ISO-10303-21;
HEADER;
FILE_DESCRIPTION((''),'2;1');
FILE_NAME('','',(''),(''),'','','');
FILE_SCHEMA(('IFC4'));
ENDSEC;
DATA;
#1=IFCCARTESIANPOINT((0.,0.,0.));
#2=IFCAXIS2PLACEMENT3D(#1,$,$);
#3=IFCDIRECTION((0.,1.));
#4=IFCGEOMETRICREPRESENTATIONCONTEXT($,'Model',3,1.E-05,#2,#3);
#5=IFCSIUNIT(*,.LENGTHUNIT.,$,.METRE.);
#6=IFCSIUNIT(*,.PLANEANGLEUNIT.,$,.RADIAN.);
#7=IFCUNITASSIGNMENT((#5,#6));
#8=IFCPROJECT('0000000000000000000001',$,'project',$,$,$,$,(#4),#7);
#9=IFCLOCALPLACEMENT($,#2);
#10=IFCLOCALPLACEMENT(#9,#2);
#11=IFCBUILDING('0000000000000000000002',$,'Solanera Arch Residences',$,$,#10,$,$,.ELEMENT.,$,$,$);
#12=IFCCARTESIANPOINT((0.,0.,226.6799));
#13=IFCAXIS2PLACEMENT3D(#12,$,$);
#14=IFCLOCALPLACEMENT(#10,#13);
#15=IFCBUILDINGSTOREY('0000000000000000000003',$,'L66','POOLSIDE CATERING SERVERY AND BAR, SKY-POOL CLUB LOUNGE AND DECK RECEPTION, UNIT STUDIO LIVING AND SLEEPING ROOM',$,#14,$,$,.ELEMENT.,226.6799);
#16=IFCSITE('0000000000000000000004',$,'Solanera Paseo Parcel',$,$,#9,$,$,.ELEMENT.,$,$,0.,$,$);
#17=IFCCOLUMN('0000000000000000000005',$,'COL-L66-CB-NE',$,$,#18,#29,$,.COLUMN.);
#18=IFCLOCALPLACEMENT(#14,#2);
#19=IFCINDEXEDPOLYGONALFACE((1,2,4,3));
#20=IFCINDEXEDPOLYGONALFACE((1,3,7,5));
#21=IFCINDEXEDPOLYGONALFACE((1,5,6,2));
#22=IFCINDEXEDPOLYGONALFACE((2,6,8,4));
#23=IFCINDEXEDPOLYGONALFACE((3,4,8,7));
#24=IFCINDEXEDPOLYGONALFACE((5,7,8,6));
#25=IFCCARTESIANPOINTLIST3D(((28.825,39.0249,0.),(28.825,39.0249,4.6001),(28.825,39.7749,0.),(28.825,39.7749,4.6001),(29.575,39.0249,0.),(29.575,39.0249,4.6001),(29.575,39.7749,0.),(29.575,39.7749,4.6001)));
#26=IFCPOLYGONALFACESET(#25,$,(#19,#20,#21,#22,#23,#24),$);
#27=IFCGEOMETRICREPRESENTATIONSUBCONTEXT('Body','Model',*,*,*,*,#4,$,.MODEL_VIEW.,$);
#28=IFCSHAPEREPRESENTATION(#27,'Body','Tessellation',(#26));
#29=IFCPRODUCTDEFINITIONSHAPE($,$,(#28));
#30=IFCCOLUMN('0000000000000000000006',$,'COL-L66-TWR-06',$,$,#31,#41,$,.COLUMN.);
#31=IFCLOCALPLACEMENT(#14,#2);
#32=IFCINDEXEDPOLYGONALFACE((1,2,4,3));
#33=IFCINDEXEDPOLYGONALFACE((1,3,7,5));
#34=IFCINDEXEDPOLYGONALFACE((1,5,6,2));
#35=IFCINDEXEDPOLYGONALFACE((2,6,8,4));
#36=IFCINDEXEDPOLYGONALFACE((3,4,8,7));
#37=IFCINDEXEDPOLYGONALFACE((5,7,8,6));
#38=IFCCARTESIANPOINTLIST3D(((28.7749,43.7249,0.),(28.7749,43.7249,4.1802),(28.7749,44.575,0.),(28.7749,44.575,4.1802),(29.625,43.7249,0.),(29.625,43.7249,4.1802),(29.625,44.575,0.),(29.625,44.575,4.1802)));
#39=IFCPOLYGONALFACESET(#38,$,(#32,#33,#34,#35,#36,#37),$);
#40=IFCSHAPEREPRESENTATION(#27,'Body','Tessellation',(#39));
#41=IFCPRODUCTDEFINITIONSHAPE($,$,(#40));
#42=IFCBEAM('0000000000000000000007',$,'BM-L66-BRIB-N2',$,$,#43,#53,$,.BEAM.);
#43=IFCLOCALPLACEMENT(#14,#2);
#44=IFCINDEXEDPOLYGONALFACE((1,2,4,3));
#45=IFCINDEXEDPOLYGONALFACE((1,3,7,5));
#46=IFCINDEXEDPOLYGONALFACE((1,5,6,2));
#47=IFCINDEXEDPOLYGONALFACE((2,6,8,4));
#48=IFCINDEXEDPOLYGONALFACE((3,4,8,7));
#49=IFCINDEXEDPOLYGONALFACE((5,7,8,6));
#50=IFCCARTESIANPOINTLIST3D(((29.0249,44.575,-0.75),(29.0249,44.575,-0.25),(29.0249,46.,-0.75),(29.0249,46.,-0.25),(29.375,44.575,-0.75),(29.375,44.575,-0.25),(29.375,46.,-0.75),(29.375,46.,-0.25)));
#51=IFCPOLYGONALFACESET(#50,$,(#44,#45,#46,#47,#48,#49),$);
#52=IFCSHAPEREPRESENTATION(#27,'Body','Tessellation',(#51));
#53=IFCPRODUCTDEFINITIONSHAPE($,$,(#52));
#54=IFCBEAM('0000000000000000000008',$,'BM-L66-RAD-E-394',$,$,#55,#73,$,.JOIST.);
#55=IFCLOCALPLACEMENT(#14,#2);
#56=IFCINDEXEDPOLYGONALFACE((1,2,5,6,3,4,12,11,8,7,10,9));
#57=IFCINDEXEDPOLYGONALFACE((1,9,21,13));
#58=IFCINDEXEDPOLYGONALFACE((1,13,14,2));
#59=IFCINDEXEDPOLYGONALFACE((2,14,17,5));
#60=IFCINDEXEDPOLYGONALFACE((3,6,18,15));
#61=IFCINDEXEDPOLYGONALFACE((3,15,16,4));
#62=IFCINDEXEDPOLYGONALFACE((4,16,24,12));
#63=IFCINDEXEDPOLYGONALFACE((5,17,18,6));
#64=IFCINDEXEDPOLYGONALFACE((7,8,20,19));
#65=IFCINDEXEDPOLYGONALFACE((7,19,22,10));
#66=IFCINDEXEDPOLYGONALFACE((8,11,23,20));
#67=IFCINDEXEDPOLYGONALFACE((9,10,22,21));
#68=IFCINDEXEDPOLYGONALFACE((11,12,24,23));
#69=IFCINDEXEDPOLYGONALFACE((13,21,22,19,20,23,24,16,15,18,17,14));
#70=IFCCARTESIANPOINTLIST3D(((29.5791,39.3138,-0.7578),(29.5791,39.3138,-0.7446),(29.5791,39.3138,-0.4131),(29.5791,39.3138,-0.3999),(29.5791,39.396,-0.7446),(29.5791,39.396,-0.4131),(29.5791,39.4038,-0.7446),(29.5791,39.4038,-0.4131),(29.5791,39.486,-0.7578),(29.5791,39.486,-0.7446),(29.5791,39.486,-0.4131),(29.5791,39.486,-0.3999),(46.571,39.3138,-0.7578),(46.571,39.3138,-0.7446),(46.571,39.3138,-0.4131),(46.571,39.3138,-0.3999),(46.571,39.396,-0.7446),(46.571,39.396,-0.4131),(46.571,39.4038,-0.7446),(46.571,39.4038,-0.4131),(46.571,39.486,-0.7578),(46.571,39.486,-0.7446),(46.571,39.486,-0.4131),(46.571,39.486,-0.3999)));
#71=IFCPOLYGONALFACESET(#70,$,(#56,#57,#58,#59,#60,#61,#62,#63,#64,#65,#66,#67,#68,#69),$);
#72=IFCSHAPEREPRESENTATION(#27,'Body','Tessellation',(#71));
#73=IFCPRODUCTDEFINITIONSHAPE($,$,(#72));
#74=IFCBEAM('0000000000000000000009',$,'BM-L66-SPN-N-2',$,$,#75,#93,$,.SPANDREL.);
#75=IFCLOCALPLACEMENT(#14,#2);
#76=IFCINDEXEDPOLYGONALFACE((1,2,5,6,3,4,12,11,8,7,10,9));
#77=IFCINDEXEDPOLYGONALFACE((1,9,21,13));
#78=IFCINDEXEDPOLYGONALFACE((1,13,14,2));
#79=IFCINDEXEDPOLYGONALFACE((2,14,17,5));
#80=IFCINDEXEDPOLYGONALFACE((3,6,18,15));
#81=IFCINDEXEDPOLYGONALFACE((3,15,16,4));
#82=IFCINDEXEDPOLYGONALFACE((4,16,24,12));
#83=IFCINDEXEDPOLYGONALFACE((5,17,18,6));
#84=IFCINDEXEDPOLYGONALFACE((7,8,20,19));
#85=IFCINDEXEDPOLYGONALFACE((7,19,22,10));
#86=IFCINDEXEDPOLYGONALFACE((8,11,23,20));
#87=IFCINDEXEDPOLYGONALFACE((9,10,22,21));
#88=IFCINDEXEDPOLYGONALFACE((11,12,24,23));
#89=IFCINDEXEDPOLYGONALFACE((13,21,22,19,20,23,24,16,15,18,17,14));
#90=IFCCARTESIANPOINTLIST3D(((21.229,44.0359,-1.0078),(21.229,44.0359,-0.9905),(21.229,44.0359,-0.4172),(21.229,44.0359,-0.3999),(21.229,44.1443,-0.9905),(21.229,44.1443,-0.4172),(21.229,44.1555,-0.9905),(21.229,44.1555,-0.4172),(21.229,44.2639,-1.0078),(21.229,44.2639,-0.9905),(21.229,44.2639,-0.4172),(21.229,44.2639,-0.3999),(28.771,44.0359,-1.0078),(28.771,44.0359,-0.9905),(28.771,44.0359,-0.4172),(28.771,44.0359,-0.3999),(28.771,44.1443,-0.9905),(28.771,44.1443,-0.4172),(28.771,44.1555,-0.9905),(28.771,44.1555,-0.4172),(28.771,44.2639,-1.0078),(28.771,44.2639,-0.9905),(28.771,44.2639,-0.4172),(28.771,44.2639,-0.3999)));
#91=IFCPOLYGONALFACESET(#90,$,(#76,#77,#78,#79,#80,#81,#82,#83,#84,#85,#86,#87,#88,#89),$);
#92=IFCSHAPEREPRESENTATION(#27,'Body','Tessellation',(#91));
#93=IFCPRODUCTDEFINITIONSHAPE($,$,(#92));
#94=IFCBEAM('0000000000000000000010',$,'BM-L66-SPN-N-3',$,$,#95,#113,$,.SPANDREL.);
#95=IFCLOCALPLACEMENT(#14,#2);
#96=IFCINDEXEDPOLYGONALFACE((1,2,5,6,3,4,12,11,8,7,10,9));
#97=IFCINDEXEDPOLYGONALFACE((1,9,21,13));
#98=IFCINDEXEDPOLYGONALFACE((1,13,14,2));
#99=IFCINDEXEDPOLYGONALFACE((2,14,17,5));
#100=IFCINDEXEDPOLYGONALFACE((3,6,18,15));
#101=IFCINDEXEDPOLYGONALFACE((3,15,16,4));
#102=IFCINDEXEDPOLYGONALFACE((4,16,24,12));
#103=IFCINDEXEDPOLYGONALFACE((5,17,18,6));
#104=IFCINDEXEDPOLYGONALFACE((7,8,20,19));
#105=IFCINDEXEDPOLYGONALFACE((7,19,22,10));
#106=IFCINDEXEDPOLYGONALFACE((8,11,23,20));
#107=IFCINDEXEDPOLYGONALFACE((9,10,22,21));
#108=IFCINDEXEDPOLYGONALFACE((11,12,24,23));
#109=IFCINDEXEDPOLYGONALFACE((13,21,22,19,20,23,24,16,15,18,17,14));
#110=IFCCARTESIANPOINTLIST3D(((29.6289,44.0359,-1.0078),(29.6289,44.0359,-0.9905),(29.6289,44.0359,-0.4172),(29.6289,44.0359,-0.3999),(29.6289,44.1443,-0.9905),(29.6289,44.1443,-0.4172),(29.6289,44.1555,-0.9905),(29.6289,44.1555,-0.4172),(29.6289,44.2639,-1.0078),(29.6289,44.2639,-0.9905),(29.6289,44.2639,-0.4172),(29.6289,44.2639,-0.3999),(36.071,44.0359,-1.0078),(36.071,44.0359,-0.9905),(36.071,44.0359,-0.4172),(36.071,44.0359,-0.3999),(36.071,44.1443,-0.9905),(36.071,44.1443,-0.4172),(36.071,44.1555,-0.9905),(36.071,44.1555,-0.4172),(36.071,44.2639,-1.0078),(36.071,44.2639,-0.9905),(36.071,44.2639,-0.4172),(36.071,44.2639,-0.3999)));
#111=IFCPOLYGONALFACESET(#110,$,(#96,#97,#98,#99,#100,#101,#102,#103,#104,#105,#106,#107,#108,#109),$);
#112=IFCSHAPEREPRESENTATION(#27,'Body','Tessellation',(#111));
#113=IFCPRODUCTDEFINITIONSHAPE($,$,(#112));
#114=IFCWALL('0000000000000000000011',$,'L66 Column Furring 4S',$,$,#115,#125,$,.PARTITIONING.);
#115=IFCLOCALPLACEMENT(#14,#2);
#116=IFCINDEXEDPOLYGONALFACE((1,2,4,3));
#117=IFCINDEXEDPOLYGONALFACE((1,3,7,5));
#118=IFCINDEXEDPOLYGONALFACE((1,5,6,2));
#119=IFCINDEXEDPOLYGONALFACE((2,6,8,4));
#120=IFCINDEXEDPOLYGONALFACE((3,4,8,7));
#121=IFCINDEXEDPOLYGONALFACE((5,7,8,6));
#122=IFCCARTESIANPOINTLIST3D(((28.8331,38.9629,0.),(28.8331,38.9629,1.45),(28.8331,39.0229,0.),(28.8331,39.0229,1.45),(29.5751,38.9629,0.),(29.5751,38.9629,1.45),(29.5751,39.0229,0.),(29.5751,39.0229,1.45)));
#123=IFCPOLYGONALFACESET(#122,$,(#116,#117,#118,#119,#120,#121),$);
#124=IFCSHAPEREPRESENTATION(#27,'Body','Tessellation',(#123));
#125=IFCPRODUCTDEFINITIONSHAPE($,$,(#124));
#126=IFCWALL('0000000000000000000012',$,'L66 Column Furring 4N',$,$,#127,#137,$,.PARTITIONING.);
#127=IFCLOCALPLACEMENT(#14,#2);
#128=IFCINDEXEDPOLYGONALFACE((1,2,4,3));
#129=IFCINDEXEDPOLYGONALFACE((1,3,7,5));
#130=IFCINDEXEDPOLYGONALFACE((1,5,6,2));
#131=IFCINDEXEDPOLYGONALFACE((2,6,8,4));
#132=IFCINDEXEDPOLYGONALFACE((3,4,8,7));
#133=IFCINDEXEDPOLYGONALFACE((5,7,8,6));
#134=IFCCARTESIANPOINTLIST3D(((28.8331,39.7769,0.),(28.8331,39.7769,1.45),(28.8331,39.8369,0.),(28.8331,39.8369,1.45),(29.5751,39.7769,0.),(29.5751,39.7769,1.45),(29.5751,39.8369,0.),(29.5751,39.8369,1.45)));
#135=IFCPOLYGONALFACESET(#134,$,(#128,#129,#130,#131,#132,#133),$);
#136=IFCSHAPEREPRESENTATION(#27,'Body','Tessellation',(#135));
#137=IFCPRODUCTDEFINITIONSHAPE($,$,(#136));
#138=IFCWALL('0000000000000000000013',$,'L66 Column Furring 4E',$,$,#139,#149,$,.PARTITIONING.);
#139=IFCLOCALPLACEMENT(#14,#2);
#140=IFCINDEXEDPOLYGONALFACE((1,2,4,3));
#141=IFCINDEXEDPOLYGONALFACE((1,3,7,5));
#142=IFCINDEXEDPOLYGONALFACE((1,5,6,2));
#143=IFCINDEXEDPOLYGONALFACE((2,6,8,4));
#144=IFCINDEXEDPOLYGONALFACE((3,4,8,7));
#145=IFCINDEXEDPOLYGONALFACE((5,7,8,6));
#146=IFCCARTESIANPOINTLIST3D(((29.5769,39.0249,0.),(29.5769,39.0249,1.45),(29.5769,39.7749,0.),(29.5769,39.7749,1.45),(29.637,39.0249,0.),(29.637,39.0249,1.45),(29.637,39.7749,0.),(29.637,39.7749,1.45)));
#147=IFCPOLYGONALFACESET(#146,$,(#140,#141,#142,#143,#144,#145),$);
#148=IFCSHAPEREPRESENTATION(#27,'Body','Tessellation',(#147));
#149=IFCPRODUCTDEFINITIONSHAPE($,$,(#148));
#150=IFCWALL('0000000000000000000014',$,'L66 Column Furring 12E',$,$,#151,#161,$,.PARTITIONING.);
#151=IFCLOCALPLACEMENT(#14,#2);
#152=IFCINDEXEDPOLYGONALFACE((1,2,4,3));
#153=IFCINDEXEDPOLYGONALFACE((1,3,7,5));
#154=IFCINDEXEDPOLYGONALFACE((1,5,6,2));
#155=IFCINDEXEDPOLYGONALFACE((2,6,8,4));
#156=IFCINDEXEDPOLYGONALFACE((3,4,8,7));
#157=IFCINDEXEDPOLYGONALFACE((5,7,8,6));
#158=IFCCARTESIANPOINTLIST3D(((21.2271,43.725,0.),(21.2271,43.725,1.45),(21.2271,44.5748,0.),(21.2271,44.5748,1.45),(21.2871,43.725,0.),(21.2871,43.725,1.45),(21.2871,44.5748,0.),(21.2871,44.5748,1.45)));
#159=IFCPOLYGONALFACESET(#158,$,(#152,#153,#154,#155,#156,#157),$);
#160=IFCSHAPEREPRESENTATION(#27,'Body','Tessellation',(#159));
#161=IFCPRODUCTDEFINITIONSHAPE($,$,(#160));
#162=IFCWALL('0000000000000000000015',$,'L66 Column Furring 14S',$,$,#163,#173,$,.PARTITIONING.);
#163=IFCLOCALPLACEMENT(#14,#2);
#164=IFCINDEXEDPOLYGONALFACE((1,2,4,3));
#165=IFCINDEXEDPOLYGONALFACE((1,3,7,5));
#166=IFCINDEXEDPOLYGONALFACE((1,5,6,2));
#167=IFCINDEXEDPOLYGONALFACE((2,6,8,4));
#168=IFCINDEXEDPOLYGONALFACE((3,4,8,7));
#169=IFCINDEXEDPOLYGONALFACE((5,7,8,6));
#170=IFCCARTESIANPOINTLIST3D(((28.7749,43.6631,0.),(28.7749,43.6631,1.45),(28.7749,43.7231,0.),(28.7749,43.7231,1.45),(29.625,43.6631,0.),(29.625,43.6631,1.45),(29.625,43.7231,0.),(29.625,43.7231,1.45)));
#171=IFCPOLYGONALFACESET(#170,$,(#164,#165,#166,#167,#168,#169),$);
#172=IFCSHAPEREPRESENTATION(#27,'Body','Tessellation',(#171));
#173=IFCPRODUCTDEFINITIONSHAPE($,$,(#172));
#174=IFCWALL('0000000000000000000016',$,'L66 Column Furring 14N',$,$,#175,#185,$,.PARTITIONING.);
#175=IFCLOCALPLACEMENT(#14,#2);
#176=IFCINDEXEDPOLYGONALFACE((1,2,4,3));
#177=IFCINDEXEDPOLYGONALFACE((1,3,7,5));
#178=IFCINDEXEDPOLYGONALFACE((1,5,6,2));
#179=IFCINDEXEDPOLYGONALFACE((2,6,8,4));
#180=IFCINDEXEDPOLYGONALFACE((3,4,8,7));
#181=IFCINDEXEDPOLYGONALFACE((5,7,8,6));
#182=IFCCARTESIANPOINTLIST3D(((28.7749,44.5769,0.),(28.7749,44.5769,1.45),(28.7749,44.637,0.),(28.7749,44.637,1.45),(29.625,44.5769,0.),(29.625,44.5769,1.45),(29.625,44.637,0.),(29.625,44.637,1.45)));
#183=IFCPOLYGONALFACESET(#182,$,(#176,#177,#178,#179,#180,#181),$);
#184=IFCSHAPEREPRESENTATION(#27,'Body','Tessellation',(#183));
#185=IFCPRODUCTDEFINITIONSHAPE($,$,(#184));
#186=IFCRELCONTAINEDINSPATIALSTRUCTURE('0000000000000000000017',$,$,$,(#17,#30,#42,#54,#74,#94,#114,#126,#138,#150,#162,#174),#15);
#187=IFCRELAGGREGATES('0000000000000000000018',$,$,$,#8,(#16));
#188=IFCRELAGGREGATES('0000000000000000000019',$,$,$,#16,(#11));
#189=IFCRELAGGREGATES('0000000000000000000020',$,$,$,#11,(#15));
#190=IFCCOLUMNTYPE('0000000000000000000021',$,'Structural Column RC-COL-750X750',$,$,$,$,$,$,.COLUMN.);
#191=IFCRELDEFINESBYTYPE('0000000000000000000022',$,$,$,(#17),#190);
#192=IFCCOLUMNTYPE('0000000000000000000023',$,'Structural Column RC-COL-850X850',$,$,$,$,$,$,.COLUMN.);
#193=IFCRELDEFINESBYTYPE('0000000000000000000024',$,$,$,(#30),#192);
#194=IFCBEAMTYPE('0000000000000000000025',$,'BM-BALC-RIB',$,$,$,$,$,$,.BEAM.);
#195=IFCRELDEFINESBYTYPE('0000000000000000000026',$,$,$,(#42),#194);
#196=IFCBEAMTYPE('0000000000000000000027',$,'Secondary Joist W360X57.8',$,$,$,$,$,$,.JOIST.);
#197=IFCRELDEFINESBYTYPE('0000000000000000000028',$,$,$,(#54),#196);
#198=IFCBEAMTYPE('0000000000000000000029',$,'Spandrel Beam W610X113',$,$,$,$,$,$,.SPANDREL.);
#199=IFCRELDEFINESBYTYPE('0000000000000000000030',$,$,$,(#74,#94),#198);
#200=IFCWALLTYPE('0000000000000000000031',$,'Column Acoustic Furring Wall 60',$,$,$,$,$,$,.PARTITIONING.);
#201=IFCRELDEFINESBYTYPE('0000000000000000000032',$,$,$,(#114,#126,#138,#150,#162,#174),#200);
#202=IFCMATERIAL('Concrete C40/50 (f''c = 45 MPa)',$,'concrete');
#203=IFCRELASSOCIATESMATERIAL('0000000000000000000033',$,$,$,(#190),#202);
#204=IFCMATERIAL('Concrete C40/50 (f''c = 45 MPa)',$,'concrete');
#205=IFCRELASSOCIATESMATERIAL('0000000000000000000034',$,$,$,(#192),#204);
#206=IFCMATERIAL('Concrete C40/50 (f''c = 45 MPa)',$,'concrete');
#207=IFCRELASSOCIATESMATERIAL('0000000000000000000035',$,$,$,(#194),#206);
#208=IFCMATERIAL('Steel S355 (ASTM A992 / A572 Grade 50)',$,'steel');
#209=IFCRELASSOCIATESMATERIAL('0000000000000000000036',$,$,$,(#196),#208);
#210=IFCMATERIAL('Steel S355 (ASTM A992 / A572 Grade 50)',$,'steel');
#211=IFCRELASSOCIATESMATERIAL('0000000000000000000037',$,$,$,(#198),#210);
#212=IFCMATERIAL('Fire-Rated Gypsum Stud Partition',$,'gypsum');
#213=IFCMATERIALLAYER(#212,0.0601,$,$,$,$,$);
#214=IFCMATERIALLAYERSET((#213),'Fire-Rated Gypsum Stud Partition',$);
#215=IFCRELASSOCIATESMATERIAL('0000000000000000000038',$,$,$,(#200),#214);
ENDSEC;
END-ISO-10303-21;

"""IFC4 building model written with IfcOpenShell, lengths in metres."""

from ifc_helpers import new_model, si_unit, direction, frame, frame_2d, origin, origin_2d, place, context, subcontext, project, spatial, rectangle, i_section, extrude, material, layer, layer_set, material_profile, profile_set, type_object, element, save


model = new_model("IFC4")

# Units and contexts
model_context = context("Model", 3, precision=1e-05, world=origin(), true_north=direction((0.0, 1.0)))
body_context = subcontext(model_context, "Body", "Model", "MODEL_VIEW")
ifc_project = project(units=[si_unit("LENGTHUNIT", "METRE"), si_unit("PLANEANGLEUNIT", "RADIAN")], contexts=[model_context])

# Site, building, storey
site_placement = place(None, origin())
site = spatial("IfcSite", under=ifc_project, at=site_placement, Name="Solanera Paseo Parcel", CompositionType="ELEMENT", RefElevation=0.0)
building_placement = place(site_placement, origin())
building = spatial("IfcBuilding", under=site, at=building_placement, Name="Solanera Arch Residences", CompositionType="ELEMENT")
storey_placement = place(building_placement, frame((0.0, 0.0, 226.6799)))
storey = spatial("IfcBuildingStorey", under=building, at=storey_placement, Name="L66", Description="POOLSIDE CATERING SERVERY AND BAR, SKY-POOL CLUB LOUNGE AND DECK RECEPTION, UNIT STUDIO LIVING AND SLEEPING ROOM", CompositionType="ELEMENT", Elevation=226.6799)

# Columns
ifc_material_1 = material(Name="Concrete C40/50 (f'c = 45 MPa)", Category="concrete")
ifc_material_profile_1 = material_profile(ifc_material_1, rectangle(XDim=0.75, YDim=0.75, at=origin_2d()))
ifc_profile_set_1 = profile_set([ifc_material_profile_1], Name="Concrete C40/50 (f'c = 45 MPa)")
column_type_1 = type_object("IfcColumnType", Name="Structural Column RC-COL-750X750", PredefinedType="COLUMN", material=ifc_profile_set_1)
column_1_placement = place(storey_placement, frame((29.2, 39.3999, 0.0), z_axis=(0.0, 0.0, 1.0), x_axis=(1.0, 0.0, 0.0)))
element("IfcColumn", 1, at=column_1_placement, inside=storey, type_object=column_type_1, Name="COL-L66-CB-NE", PredefinedType="COLUMN", context=body_context, shape_type="SweptSolid", body=[
    extrude(rectangle(XDim=0.75, YDim=0.75, at=origin_2d()), origin(), (0.0, 0.0, 1.0), 4.6001),
])
ifc_material_2 = material(Name="Concrete C40/50 (f'c = 45 MPa)", Category="concrete")
ifc_material_profile_2 = material_profile(ifc_material_2, rectangle(XDim=0.8501, YDim=0.8501, at=origin_2d()))
ifc_profile_set_2 = profile_set([ifc_material_profile_2], Name="Concrete C40/50 (f'c = 45 MPa)")
column_type_2 = type_object("IfcColumnType", Name="Structural Column RC-COL-850X850", PredefinedType="COLUMN", material=ifc_profile_set_2)
column_2_placement = place(storey_placement, frame((29.2, 44.1499, 0.0), z_axis=(0.0, 0.0, 1.0), x_axis=(1.0, 0.0, 0.0)))
element("IfcColumn", 2, at=column_2_placement, inside=storey, type_object=column_type_2, Name="COL-L66-TWR-06", PredefinedType="COLUMN", context=body_context, shape_type="SweptSolid", body=[
    extrude(rectangle(XDim=0.8501, YDim=0.8501, at=origin_2d()), origin(), (0.0, 0.0, 1.0), 4.1802),
])

# Beams
ifc_material_3 = material(Name="Concrete C40/50 (f'c = 45 MPa)", Category="concrete")
ifc_material_profile_3 = material_profile(ifc_material_3, rectangle(XDim=0.3501, YDim=0.5, at=origin_2d()))
ifc_profile_set_3 = profile_set([ifc_material_profile_3], Name="Concrete C40/50 (f'c = 45 MPa)")
beam_type_1 = type_object("IfcBeamType", Name="BM-BALC-RIB", PredefinedType="BEAM", material=ifc_profile_set_3)
beam_1_placement = place(storey_placement, frame((29.2, 44.575, -0.5), z_axis=(0.0, 1.0, 0.0), x_axis=(-1.0, 0.0, 0.0)))
element("IfcBeam", 3, at=beam_1_placement, inside=storey, type_object=beam_type_1, Name="BM-L66-BRIB-N2", PredefinedType="BEAM", context=body_context, shape_type="SweptSolid", body=[
    extrude(rectangle(XDim=0.3501, YDim=0.5, at=origin_2d()), origin(), (0.0, 0.0, 1.0), 1.425),
])
ifc_material_4 = material(Name="Steel S355 (ASTM A992 / A572 Grade 50)", Category="steel")
ifc_material_profile_4 = material_profile(ifc_material_4, i_section(OverallWidth=0.1721, OverallDepth=0.3579, WebThickness=0.0078, FlangeThickness=0.0132, at=origin_2d()))
ifc_profile_set_4 = profile_set([ifc_material_profile_4], Name="Steel S355 (ASTM A992 / A572 Grade 50)")
beam_type_2 = type_object("IfcBeamType", Name="Secondary Joist W360X57.8", PredefinedType="JOIST", material=ifc_profile_set_4)
beam_2_placement = place(storey_placement, frame((29.5791, 39.3999, -0.5789), z_axis=(1.0, 0.0, 0.0), x_axis=(0.0, 1.0, 0.0)))
element("IfcBeam", 4, at=beam_2_placement, inside=storey, type_object=beam_type_2, Name="BM-L66-RAD-E-394", PredefinedType="JOIST", context=body_context, shape_type="SweptSolid", body=[
    extrude(i_section(OverallWidth=0.1721, OverallDepth=0.3579, WebThickness=0.0078, FlangeThickness=0.0132, at=origin_2d()), origin(), (0.0, 0.0, 1.0), 16.9919),
])
ifc_material_5 = material(Name="Steel S355 (ASTM A992 / A572 Grade 50)", Category="steel")
ifc_material_profile_5 = material_profile(ifc_material_5, i_section(OverallWidth=0.228, OverallDepth=0.6079, WebThickness=0.0112, FlangeThickness=0.0173, at=origin_2d()))
ifc_profile_set_5 = profile_set([ifc_material_profile_5], Name="Steel S355 (ASTM A992 / A572 Grade 50)")
beam_type_3 = type_object("IfcBeamType", Name="Spandrel Beam W610X113", PredefinedType="SPANDREL", material=ifc_profile_set_5)
beam_3_placement = place(storey_placement, frame((21.229, 44.1499, -0.7039), z_axis=(1.0, 0.0, 0.0), x_axis=(0.0, 1.0, 0.0)))
element("IfcBeam", 5, at=beam_3_placement, inside=storey, type_object=beam_type_3, Name="BM-L66-SPN-N-2", PredefinedType="SPANDREL", context=body_context, shape_type="SweptSolid", body=[
    extrude(i_section(OverallWidth=0.228, OverallDepth=0.6079, WebThickness=0.0112, FlangeThickness=0.0173, at=origin_2d()), origin(), (0.0, 0.0, 1.0), 7.542),
])
beam_4_placement = place(storey_placement, frame((29.6289, 44.1499, -0.7039), z_axis=(1.0, 0.0, 0.0), x_axis=(0.0, 1.0, 0.0)))
element("IfcBeam", 6, at=beam_4_placement, inside=storey, type_object=beam_type_3, Name="BM-L66-SPN-N-3", PredefinedType="SPANDREL", context=body_context, shape_type="SweptSolid", body=[
    extrude(i_section(OverallWidth=0.228, OverallDepth=0.6079, WebThickness=0.0112, FlangeThickness=0.0173, at=origin_2d()), origin(), (0.0, 0.0, 1.0), 6.4421),
])

# Walls
ifc_material_6 = material(Name="Fire-Rated Gypsum Stud Partition", Category="gypsum")
ifc_layer_1 = layer(ifc_material_6, 0.0601)
ifc_layer_set_1 = layer_set([ifc_layer_1], Name="Fire-Rated Gypsum Stud Partition")
wall_type_1 = type_object("IfcWallType", Name="Column Acoustic Furring Wall 60", PredefinedType="PARTITIONING", material=ifc_layer_set_1)
for number, where, z_axis, x_axis, name in (
    (7, (28.833, 38.9929, 0.0), (0.0, 0.0, 1.0), (1.0, 0.0, 0.0), "L66 Column Furring 4S"),
    (8, (28.833, 39.8069, 0.0), (0.0, 0.0, 1.0), (1.0, 0.0, 0.0), "L66 Column Furring 4N"),
):
    element("IfcWall", number, at=place(storey_placement, frame(where, z_axis=z_axis, x_axis=x_axis)), inside=storey, type_object=wall_type_1, Name=name, PredefinedType="PARTITIONING", context=body_context, shape_type="SweptSolid", body=[
        extrude(rectangle(XDim=0.7419, YDim=0.0601, at=frame_2d((0.3711, 0.0))), origin(), (0.0, 0.0, 1.0), 1.45),
    ])
wall_1_placement = place(storey_placement, frame((29.6069, 39.0249, 0.0), z_axis=(0.0, 0.0, 1.0), x_axis=(0.0, 1.0, 0.0)))
element("IfcWall", 9, at=wall_1_placement, inside=storey, type_object=wall_type_1, Name="L66 Column Furring 4E", PredefinedType="PARTITIONING", context=body_context, shape_type="SweptSolid", body=[
    extrude(rectangle(XDim=0.75, YDim=0.0601, at=frame_2d((0.375, 0.0))), origin(), (0.0, 0.0, 1.0), 1.45),
])
wall_2_placement = place(storey_placement, frame((21.2571, 43.7251, 0.0), z_axis=(0.0, 0.0, 1.0), x_axis=(0.0, 1.0, 0.0)))
element("IfcWall", 10, at=wall_2_placement, inside=storey, type_object=wall_type_1, Name="L66 Column Furring 12E", PredefinedType="PARTITIONING", context=body_context, shape_type="SweptSolid", body=[
    extrude(rectangle(XDim=0.8499, YDim=0.0601, at=frame_2d((0.4248, 0.0))), origin(), (0.0, 0.0, 1.0), 1.45),
])
for number, where, z_axis, x_axis, name in (
    (11, (28.7749, 43.6931, 0.0), (0.0, 0.0, 1.0), (1.0, 0.0, 0.0), "L66 Column Furring 14S"),
    (12, (28.7749, 44.6069, 0.0), (0.0, 0.0, 1.0), (1.0, 0.0, 0.0), "L66 Column Furring 14N"),
):
    element("IfcWall", number, at=place(storey_placement, frame(where, z_axis=z_axis, x_axis=x_axis)), inside=storey, type_object=wall_type_1, Name=name, PredefinedType="PARTITIONING", context=body_context, shape_type="SweptSolid", body=[
        extrude(rectangle(XDim=0.8501, YDim=0.0601, at=frame_2d((0.425, 0.0))), origin(), (0.0, 0.0, 1.0), 1.45),
    ])

save(model, "model.ifc")
